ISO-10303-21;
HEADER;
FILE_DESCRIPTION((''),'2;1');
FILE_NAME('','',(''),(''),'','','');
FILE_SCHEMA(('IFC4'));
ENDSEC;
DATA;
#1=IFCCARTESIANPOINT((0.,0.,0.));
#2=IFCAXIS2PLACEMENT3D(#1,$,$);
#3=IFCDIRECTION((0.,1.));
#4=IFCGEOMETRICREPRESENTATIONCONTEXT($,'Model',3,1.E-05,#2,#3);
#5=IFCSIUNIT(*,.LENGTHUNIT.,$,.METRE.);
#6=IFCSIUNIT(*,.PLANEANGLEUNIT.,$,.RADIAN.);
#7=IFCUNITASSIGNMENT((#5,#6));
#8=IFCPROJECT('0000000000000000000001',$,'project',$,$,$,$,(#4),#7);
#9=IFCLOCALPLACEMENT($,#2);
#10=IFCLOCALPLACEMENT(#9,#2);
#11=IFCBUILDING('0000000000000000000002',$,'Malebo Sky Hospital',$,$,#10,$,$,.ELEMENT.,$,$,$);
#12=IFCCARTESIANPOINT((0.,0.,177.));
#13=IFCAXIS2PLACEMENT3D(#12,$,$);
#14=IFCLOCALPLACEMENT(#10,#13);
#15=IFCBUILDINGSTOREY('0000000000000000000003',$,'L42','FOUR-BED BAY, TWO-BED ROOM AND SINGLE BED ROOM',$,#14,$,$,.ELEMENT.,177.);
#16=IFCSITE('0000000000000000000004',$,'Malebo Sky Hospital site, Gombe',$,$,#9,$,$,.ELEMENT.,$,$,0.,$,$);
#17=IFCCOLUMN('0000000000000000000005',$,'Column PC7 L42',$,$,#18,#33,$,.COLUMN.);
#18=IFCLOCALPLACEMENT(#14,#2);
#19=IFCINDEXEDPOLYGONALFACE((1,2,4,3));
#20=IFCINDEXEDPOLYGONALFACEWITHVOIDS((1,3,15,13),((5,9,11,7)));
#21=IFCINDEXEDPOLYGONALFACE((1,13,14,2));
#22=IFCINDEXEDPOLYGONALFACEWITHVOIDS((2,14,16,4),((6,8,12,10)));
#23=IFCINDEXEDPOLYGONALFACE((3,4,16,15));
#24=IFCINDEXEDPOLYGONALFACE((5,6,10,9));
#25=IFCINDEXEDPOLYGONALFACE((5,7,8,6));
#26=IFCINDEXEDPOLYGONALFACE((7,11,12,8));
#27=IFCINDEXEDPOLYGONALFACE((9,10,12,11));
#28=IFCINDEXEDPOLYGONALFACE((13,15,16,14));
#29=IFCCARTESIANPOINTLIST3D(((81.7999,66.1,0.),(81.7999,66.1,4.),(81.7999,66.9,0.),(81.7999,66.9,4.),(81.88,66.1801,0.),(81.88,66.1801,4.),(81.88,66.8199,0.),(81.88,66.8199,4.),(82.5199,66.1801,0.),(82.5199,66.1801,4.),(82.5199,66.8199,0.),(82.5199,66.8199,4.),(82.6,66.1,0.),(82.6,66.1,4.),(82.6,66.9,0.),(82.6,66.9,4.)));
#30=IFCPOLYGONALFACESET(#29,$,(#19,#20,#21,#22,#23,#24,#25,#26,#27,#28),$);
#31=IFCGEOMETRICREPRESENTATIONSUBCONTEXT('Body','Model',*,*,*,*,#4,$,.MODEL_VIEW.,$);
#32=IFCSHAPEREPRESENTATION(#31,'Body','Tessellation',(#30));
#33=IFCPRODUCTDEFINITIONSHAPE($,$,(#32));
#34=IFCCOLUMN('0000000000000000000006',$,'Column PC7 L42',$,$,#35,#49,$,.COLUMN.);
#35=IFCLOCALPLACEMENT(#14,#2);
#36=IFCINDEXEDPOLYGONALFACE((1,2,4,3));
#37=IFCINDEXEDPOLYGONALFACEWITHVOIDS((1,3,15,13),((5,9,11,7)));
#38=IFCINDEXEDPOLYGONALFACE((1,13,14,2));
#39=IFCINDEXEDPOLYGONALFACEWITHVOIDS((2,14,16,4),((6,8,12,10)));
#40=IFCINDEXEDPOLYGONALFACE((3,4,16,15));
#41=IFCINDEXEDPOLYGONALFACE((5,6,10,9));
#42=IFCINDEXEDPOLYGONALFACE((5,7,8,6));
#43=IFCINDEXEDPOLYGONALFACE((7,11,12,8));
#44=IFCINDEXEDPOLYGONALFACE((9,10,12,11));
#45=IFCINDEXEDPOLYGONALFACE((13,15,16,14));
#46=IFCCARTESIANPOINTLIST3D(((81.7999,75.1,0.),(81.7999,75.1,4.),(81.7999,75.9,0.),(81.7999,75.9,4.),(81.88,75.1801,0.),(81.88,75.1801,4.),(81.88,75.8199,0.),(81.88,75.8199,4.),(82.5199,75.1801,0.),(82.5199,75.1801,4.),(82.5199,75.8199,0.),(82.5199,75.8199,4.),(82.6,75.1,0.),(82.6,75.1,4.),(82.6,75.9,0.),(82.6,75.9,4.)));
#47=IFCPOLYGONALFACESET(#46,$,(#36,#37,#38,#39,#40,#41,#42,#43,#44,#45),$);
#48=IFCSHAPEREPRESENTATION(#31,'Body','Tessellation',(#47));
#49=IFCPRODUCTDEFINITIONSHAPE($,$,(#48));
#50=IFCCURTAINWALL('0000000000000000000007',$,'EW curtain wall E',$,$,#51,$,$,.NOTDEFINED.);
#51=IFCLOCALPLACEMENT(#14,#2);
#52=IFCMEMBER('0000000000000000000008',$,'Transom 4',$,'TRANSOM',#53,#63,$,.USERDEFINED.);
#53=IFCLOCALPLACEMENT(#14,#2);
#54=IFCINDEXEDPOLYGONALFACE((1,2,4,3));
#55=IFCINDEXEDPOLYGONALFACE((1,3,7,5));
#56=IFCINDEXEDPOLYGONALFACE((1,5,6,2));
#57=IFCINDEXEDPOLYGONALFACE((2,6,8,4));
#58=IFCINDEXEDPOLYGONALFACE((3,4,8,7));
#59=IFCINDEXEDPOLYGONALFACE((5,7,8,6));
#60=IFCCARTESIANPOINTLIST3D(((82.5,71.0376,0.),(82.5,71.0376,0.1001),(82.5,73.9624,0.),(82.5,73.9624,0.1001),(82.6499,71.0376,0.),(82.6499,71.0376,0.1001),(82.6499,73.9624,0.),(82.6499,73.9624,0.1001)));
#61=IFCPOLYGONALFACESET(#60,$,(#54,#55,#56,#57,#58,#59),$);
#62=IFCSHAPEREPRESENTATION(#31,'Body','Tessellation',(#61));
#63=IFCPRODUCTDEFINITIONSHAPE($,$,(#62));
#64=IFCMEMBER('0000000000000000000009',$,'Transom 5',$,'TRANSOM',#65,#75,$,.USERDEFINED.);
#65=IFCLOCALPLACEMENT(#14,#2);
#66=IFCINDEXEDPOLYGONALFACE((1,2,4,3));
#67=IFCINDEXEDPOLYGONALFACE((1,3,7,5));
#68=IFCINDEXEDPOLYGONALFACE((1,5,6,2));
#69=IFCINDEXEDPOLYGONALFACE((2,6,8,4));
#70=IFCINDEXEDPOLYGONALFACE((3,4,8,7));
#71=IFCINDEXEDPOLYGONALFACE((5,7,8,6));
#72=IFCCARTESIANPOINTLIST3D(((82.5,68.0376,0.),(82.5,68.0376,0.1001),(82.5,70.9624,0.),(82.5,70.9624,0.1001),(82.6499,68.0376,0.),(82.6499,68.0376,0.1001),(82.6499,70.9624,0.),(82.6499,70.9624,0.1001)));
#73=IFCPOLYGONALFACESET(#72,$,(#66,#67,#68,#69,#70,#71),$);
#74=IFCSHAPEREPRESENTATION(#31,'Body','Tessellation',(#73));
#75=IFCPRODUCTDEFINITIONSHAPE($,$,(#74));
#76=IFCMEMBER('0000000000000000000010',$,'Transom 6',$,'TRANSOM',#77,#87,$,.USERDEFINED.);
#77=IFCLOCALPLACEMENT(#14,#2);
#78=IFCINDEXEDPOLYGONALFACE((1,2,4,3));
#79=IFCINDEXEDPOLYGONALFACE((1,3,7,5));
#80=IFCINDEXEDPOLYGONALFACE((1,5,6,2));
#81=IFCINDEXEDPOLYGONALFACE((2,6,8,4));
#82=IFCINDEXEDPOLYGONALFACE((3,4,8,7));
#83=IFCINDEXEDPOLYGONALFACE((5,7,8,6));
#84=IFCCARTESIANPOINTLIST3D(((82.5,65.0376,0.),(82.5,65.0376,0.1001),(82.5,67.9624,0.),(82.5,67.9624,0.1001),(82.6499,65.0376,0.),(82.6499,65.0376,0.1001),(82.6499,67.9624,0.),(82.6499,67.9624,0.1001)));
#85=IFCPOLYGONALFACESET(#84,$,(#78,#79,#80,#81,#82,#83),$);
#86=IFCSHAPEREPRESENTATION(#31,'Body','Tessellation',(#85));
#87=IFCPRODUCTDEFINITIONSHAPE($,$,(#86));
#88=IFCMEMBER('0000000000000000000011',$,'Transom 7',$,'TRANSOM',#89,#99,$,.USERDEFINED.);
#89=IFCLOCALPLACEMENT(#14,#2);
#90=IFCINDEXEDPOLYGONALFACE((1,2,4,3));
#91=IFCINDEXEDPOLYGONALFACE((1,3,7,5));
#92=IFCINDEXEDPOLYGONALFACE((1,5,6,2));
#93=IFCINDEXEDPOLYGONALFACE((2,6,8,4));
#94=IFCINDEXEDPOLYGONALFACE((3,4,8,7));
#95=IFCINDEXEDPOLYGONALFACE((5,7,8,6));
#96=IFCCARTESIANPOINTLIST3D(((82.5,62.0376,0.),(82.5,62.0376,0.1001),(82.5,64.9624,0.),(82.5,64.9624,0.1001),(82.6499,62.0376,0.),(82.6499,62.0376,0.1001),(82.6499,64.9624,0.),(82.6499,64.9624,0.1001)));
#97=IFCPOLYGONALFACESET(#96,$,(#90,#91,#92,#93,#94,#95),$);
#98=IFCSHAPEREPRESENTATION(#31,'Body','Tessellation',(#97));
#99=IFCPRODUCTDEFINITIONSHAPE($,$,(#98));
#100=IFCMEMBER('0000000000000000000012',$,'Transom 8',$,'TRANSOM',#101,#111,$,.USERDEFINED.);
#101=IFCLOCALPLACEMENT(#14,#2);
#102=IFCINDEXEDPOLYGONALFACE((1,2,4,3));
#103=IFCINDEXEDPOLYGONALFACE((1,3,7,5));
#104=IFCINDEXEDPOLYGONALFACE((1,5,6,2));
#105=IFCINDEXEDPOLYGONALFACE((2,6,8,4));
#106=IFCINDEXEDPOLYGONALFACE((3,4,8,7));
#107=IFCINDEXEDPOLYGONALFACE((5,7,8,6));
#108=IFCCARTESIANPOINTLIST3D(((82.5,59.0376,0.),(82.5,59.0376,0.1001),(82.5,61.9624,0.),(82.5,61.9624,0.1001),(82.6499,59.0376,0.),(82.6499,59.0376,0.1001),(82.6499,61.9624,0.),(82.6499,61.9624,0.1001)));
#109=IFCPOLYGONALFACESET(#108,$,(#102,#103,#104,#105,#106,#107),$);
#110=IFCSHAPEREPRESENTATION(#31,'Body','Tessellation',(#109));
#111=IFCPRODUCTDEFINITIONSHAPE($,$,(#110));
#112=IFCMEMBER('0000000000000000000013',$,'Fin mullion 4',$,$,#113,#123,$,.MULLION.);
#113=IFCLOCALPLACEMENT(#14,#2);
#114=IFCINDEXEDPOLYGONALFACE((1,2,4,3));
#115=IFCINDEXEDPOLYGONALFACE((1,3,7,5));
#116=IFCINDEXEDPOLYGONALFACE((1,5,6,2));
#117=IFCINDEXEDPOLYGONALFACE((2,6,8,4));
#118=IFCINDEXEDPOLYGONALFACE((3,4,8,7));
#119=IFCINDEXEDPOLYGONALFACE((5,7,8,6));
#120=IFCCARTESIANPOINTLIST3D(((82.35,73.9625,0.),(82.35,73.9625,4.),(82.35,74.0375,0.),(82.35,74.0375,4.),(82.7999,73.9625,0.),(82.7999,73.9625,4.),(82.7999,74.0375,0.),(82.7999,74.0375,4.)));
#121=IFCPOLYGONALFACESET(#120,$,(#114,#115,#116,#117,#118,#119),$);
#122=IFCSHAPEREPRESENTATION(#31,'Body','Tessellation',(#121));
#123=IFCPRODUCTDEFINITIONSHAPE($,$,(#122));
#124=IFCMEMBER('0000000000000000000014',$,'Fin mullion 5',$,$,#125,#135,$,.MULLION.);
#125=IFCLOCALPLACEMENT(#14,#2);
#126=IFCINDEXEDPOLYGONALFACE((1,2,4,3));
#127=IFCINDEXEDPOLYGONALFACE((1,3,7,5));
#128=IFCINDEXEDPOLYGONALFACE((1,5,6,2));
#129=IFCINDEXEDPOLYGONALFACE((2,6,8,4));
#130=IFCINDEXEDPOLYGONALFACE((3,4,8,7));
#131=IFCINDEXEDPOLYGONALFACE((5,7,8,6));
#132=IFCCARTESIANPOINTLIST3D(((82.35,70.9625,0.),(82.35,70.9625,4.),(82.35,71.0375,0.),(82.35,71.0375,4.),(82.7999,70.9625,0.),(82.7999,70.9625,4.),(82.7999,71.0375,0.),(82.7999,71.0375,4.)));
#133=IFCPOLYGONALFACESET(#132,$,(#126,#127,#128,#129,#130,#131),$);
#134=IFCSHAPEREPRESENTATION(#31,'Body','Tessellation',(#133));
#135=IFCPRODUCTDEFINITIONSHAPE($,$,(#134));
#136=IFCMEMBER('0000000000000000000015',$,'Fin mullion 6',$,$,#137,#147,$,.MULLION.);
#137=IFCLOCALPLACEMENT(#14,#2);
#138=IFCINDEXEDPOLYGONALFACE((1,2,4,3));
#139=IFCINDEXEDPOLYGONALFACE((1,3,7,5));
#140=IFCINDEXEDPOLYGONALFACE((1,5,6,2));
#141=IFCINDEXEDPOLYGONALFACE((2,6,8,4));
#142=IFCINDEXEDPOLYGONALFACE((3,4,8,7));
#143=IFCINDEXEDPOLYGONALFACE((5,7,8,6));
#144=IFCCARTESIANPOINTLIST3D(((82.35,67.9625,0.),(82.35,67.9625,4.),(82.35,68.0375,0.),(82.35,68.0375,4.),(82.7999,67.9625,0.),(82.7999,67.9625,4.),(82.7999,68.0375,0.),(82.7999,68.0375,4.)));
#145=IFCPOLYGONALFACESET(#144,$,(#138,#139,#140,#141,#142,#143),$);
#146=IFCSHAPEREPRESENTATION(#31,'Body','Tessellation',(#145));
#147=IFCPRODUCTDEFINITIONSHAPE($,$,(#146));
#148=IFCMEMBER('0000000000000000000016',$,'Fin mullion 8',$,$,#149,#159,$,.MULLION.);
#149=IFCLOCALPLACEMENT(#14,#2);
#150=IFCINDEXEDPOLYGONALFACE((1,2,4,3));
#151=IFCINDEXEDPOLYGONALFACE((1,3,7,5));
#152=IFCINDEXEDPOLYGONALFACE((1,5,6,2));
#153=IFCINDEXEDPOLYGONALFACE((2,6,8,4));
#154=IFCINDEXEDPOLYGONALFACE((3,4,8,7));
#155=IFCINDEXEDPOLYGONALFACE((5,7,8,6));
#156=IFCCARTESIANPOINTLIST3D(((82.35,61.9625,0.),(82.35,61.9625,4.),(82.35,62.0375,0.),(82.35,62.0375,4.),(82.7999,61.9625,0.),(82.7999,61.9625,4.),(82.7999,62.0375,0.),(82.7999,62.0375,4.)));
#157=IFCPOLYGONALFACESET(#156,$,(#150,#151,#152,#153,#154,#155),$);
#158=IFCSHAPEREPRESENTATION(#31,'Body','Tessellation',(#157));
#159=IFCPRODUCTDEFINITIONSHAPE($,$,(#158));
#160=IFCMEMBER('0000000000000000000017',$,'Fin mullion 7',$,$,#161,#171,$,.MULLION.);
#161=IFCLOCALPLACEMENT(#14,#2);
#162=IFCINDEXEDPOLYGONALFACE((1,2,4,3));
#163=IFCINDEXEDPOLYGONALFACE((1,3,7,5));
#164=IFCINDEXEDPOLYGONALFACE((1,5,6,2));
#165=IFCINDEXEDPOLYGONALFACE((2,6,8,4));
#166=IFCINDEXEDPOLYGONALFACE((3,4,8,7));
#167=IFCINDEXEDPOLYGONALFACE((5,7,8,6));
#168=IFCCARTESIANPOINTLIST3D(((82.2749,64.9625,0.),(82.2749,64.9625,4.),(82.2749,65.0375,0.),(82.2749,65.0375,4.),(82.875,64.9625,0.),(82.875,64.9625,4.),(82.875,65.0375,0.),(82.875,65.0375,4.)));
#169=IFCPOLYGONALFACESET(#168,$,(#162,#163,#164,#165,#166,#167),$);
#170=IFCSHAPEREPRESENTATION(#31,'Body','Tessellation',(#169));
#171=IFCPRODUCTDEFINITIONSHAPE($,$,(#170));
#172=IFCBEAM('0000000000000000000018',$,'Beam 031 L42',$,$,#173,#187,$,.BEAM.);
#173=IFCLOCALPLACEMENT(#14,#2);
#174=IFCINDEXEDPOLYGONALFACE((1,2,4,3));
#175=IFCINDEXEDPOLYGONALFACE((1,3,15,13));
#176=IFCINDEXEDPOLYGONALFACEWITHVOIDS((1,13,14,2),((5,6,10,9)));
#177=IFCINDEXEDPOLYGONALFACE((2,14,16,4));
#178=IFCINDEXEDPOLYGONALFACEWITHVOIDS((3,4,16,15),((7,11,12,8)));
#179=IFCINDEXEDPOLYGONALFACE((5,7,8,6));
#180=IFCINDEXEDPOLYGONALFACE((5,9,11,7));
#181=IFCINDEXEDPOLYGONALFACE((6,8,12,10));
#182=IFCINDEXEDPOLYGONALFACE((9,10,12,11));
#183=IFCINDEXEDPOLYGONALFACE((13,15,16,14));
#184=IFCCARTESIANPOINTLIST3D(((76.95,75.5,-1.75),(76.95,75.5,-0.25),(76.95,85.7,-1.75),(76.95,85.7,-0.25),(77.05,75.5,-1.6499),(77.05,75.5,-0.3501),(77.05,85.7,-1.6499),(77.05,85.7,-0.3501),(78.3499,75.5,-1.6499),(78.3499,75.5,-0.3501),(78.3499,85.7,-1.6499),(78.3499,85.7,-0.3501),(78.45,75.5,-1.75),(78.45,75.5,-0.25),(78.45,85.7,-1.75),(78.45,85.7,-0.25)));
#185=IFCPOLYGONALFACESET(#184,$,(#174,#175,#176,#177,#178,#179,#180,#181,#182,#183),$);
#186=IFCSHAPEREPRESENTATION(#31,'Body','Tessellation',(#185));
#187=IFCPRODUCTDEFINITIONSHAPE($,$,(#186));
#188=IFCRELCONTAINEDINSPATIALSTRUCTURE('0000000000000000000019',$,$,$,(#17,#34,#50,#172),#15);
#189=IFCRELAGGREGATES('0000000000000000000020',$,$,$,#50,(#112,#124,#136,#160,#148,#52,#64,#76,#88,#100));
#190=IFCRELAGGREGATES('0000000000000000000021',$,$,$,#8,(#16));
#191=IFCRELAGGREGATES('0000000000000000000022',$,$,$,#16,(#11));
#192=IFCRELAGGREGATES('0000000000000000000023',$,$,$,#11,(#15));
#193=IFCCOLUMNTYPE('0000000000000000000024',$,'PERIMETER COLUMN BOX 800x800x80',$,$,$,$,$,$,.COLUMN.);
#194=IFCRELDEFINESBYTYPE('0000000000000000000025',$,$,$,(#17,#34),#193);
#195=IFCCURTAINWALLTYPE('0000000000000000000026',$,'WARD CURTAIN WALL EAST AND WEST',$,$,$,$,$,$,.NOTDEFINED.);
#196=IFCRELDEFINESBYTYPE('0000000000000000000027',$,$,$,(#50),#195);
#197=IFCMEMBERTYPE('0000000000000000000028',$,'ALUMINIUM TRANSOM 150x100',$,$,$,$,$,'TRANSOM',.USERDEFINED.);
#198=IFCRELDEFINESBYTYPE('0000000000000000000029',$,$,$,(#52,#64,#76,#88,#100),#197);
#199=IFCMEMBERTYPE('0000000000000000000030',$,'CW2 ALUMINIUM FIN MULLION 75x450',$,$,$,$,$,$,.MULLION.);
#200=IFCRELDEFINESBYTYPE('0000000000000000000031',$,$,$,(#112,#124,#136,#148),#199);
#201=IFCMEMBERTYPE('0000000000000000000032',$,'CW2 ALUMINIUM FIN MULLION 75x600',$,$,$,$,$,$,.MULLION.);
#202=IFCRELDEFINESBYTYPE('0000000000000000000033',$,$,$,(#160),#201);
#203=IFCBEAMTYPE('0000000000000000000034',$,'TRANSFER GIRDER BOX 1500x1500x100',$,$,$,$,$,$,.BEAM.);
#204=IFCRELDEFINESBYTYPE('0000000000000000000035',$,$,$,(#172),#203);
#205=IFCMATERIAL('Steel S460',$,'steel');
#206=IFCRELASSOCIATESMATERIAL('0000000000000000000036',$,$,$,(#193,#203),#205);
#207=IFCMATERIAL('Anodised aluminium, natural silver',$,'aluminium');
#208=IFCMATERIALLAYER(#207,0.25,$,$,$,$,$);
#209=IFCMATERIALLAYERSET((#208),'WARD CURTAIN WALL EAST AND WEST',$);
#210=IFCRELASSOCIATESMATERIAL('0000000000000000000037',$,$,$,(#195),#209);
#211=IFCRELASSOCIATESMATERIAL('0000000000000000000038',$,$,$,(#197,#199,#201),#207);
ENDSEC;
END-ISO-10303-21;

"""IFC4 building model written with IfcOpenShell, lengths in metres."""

from ifc_helpers import new_model, si_unit, direction, frame, origin, origin_2d, place, context, subcontext, project, spatial, rectangle, hollow_rectangle, extrude, material, layer, layer_set, material_profile, profile_set, type_object, element, aggregate, save


model = new_model("IFC4")

# Units and contexts
model_context = context("Model", 3, precision=1e-05, world=origin(), true_north=direction((0.0, 1.0)))
body_context = subcontext(model_context, "Body", "Model", "MODEL_VIEW")
ifc_project = project(units=[si_unit("LENGTHUNIT", "METRE"), si_unit("PLANEANGLEUNIT", "RADIAN")], contexts=[model_context])

# Site, building, storey
site_placement = place(None, origin())
site = spatial("IfcSite", under=ifc_project, at=site_placement, Name="Malebo Sky Hospital site, Gombe", CompositionType="ELEMENT", RefElevation=0.0)
building_placement = place(site_placement, origin())
building = spatial("IfcBuilding", under=site, at=building_placement, Name="Malebo Sky Hospital", CompositionType="ELEMENT")
storey_placement = place(building_placement, frame((0.0, 0.0, 177.0)))
storey = spatial("IfcBuildingStorey", under=building, at=storey_placement, Name="L42", Description="FOUR-BED BAY, TWO-BED ROOM AND SINGLE BED ROOM", CompositionType="ELEMENT", Elevation=177.0)

# Columns
ifc_material_1 = material(Name="Steel S460", Category="steel")
ifc_material_profile_1 = material_profile(ifc_material_1, hollow_rectangle(XDim=0.8, YDim=0.8, WallThickness=0.0801, at=origin_2d()), Name="BOX 800x800x80")
ifc_profile_set_1 = profile_set([ifc_material_profile_1], Name="Steel S460")
column_type = type_object("IfcColumnType", Name="PERIMETER COLUMN BOX 800x800x80", PredefinedType="COLUMN", material=ifc_profile_set_1)
for number, where, z_axis, x_axis, name in (
    (1, (82.2, 66.5, 0.0), (0.0, 0.0, 1.0), (1.0, 0.0, 0.0), "Column PC7 L42"),
    (2, (82.2, 75.5, 0.0), (0.0, 0.0, 1.0), (1.0, 0.0, 0.0), "Column PC7 L42"),
):
    element("IfcColumn", number, at=place(storey_placement, frame(where, z_axis=z_axis, x_axis=x_axis)), inside=storey, type_object=column_type, Name=name, PredefinedType="COLUMN", context=body_context, shape_type="SweptSolid", body=[
        extrude(hollow_rectangle(XDim=0.8, YDim=0.8, WallThickness=0.0801, at=origin_2d()), origin(), (0.0, 0.0, 1.0), 4.0),
    ])

# Curtain wall, members
ifc_material_2 = material(Name="Anodised aluminium, natural silver", Category="aluminium")
ifc_layer_1 = layer(ifc_material_2, 0.25)
ifc_layer_set_1 = layer_set([ifc_layer_1], Name="WARD CURTAIN WALL EAST AND WEST")
curtain_wall_type = type_object("IfcCurtainWallType", Name="WARD CURTAIN WALL EAST AND WEST", PredefinedType="NOTDEFINED", material=ifc_layer_set_1)
curtain_wall_placement = place(storey_placement, origin())
curtain_wall = element("IfcCurtainWall", 3, at=curtain_wall_placement, inside=storey, type_object=curtain_wall_type, Name="EW curtain wall E", PredefinedType="NOTDEFINED")
ifc_material_profile_2 = material_profile(ifc_material_2, rectangle(XDim=0.1499, YDim=0.1001, at=origin_2d()), Name="ALUMINIUM TRANSOM 150x100")
ifc_profile_set_2 = profile_set([ifc_material_profile_2], Name="Anodised aluminium, natural silver")
member_type_1 = type_object("IfcMemberType", Name="ALUMINIUM TRANSOM 150x100", ElementType="TRANSOM", PredefinedType="USERDEFINED", material=ifc_profile_set_2)
member_1_placement = place(storey_placement, frame((82.575, 73.9624, 0.05), z_axis=(0.0, -1.0, 0.0), x_axis=(1.0, 0.0, 0.0)))
member_1 = element("IfcMember", 4, at=member_1_placement, type_object=member_type_1, Name="Transom 4", ObjectType="TRANSOM", PredefinedType="USERDEFINED", context=body_context, shape_type="SweptSolid", body=[
    extrude(rectangle(XDim=0.1499, YDim=0.1001, at=origin_2d()), origin(), (0.0, 0.0, 1.0), 2.9248),
])
member_2_placement = place(storey_placement, frame((82.575, 70.9624, 0.05), z_axis=(0.0, -1.0, 0.0), x_axis=(1.0, 0.0, 0.0)))
member_2 = element("IfcMember", 5, at=member_2_placement, type_object=member_type_1, Name="Transom 5", ObjectType="TRANSOM", PredefinedType="USERDEFINED", context=body_context, shape_type="SweptSolid", body=[
    extrude(rectangle(XDim=0.1499, YDim=0.1001, at=origin_2d()), origin(), (0.0, 0.0, 1.0), 2.9248),
])
member_3_placement = place(storey_placement, frame((82.575, 67.9624, 0.05), z_axis=(0.0, -1.0, 0.0), x_axis=(1.0, 0.0, 0.0)))
member_3 = element("IfcMember", 6, at=member_3_placement, type_object=member_type_1, Name="Transom 6", ObjectType="TRANSOM", PredefinedType="USERDEFINED", context=body_context, shape_type="SweptSolid", body=[
    extrude(rectangle(XDim=0.1499, YDim=0.1001, at=origin_2d()), origin(), (0.0, 0.0, 1.0), 2.9248),
])
member_4_placement = place(storey_placement, frame((82.575, 64.9624, 0.05), z_axis=(0.0, -1.0, 0.0), x_axis=(1.0, 0.0, 0.0)))
member_4 = element("IfcMember", 7, at=member_4_placement, type_object=member_type_1, Name="Transom 7", ObjectType="TRANSOM", PredefinedType="USERDEFINED", context=body_context, shape_type="SweptSolid", body=[
    extrude(rectangle(XDim=0.1499, YDim=0.1001, at=origin_2d()), origin(), (0.0, 0.0, 1.0), 2.9248),
])
member_5_placement = place(storey_placement, frame((82.575, 61.9624, 0.05), z_axis=(0.0, -1.0, 0.0), x_axis=(1.0, 0.0, 0.0)))
member_5 = element("IfcMember", 8, at=member_5_placement, type_object=member_type_1, Name="Transom 8", ObjectType="TRANSOM", PredefinedType="USERDEFINED", context=body_context, shape_type="SweptSolid", body=[
    extrude(rectangle(XDim=0.1499, YDim=0.1001, at=origin_2d()), origin(), (0.0, 0.0, 1.0), 2.9248),
])
ifc_material_profile_3 = material_profile(ifc_material_2, rectangle(XDim=0.075, YDim=0.45, at=origin_2d()), Name="CW2 ALUMINIUM FIN MULLION 75x450")
ifc_profile_set_3 = profile_set([ifc_material_profile_3], Name="Anodised aluminium, natural silver")
member_type_2 = type_object("IfcMemberType", Name="CW2 ALUMINIUM FIN MULLION 75x450", PredefinedType="MULLION", material=ifc_profile_set_3)
member_6_placement = place(storey_placement, frame((82.575, 74.0, 0.0), z_axis=(0.0, 0.0, 1.0), x_axis=(0.0, -1.0, 0.0)))
member_6 = element("IfcMember", 9, at=member_6_placement, type_object=member_type_2, Name="Fin mullion 4", PredefinedType="MULLION", context=body_context, shape_type="SweptSolid", body=[
    extrude(rectangle(XDim=0.075, YDim=0.45, at=origin_2d()), origin(), (0.0, 0.0, 1.0), 4.0),
])
member_7_placement = place(storey_placement, frame((82.575, 71.0, 0.0), z_axis=(0.0, 0.0, 1.0), x_axis=(0.0, -1.0, 0.0)))
member_7 = element("IfcMember", 10, at=member_7_placement, type_object=member_type_2, Name="Fin mullion 5", PredefinedType="MULLION", context=body_context, shape_type="SweptSolid", body=[
    extrude(rectangle(XDim=0.075, YDim=0.45, at=origin_2d()), origin(), (0.0, 0.0, 1.0), 4.0),
])
member_8_placement = place(storey_placement, frame((82.575, 68.0, 0.0), z_axis=(0.0, 0.0, 1.0), x_axis=(0.0, -1.0, 0.0)))
member_8 = element("IfcMember", 11, at=member_8_placement, type_object=member_type_2, Name="Fin mullion 6", PredefinedType="MULLION", context=body_context, shape_type="SweptSolid", body=[
    extrude(rectangle(XDim=0.075, YDim=0.45, at=origin_2d()), origin(), (0.0, 0.0, 1.0), 4.0),
])
member_9_placement = place(storey_placement, frame((82.575, 62.0, 0.0), z_axis=(0.0, 0.0, 1.0), x_axis=(0.0, -1.0, 0.0)))
member_9 = element("IfcMember", 12, at=member_9_placement, type_object=member_type_2, Name="Fin mullion 8", PredefinedType="MULLION", context=body_context, shape_type="SweptSolid", body=[
    extrude(rectangle(XDim=0.075, YDim=0.45, at=origin_2d()), origin(), (0.0, 0.0, 1.0), 4.0),
])
ifc_material_profile_4 = material_profile(ifc_material_2, rectangle(XDim=0.075, YDim=0.6001, at=origin_2d()), Name="CW2 ALUMINIUM FIN MULLION 75x600")
ifc_profile_set_4 = profile_set([ifc_material_profile_4], Name="Anodised aluminium, natural silver")
member_type_3 = type_object("IfcMemberType", Name="CW2 ALUMINIUM FIN MULLION 75x600", PredefinedType="MULLION", material=ifc_profile_set_4)
member_10_placement = place(storey_placement, frame((82.575, 65.0, 0.0), z_axis=(0.0, 0.0, 1.0), x_axis=(0.0, -1.0, 0.0)))
member_10 = element("IfcMember", 13, at=member_10_placement, type_object=member_type_3, Name="Fin mullion 7", PredefinedType="MULLION", context=body_context, shape_type="SweptSolid", body=[
    extrude(rectangle(XDim=0.075, YDim=0.6001, at=origin_2d()), origin(), (0.0, 0.0, 1.0), 4.0),
])

# Beam
ifc_material_profile_5 = material_profile(ifc_material_1, hollow_rectangle(XDim=1.5, YDim=1.5, WallThickness=0.1001, at=origin_2d()), Name="BOX 1500x1500x100")
ifc_profile_set_5 = profile_set([ifc_material_profile_5], Name="Steel S460")
beam_type_1 = type_object("IfcBeamType", Name="TRANSFER GIRDER BOX 1500x1500x100", PredefinedType="BEAM", material=ifc_profile_set_5)
for number, where, z_axis, x_axis, name in (
    (14, (77.7, 75.5, -1.0), (0.0, 1.0, 0.0), (-1.0, 0.0, 0.0), "Beam 031 L42"),
):
    element("IfcBeam", number, at=place(storey_placement, frame(where, z_axis=z_axis, x_axis=x_axis)), inside=storey, type_object=beam_type_1, Name=name, PredefinedType="BEAM", context=body_context, shape_type="SweptSolid", body=[
        extrude(hollow_rectangle(XDim=1.5, YDim=1.5, WallThickness=0.1001, at=origin_2d()), origin(), (0.0, 0.0, 1.0), 10.2),
    ])

aggregate(curtain_wall, [member_6, member_7, member_8, member_10, member_9, member_1, member_2, member_3, member_4, member_5])

save(model, "model.ifc")
